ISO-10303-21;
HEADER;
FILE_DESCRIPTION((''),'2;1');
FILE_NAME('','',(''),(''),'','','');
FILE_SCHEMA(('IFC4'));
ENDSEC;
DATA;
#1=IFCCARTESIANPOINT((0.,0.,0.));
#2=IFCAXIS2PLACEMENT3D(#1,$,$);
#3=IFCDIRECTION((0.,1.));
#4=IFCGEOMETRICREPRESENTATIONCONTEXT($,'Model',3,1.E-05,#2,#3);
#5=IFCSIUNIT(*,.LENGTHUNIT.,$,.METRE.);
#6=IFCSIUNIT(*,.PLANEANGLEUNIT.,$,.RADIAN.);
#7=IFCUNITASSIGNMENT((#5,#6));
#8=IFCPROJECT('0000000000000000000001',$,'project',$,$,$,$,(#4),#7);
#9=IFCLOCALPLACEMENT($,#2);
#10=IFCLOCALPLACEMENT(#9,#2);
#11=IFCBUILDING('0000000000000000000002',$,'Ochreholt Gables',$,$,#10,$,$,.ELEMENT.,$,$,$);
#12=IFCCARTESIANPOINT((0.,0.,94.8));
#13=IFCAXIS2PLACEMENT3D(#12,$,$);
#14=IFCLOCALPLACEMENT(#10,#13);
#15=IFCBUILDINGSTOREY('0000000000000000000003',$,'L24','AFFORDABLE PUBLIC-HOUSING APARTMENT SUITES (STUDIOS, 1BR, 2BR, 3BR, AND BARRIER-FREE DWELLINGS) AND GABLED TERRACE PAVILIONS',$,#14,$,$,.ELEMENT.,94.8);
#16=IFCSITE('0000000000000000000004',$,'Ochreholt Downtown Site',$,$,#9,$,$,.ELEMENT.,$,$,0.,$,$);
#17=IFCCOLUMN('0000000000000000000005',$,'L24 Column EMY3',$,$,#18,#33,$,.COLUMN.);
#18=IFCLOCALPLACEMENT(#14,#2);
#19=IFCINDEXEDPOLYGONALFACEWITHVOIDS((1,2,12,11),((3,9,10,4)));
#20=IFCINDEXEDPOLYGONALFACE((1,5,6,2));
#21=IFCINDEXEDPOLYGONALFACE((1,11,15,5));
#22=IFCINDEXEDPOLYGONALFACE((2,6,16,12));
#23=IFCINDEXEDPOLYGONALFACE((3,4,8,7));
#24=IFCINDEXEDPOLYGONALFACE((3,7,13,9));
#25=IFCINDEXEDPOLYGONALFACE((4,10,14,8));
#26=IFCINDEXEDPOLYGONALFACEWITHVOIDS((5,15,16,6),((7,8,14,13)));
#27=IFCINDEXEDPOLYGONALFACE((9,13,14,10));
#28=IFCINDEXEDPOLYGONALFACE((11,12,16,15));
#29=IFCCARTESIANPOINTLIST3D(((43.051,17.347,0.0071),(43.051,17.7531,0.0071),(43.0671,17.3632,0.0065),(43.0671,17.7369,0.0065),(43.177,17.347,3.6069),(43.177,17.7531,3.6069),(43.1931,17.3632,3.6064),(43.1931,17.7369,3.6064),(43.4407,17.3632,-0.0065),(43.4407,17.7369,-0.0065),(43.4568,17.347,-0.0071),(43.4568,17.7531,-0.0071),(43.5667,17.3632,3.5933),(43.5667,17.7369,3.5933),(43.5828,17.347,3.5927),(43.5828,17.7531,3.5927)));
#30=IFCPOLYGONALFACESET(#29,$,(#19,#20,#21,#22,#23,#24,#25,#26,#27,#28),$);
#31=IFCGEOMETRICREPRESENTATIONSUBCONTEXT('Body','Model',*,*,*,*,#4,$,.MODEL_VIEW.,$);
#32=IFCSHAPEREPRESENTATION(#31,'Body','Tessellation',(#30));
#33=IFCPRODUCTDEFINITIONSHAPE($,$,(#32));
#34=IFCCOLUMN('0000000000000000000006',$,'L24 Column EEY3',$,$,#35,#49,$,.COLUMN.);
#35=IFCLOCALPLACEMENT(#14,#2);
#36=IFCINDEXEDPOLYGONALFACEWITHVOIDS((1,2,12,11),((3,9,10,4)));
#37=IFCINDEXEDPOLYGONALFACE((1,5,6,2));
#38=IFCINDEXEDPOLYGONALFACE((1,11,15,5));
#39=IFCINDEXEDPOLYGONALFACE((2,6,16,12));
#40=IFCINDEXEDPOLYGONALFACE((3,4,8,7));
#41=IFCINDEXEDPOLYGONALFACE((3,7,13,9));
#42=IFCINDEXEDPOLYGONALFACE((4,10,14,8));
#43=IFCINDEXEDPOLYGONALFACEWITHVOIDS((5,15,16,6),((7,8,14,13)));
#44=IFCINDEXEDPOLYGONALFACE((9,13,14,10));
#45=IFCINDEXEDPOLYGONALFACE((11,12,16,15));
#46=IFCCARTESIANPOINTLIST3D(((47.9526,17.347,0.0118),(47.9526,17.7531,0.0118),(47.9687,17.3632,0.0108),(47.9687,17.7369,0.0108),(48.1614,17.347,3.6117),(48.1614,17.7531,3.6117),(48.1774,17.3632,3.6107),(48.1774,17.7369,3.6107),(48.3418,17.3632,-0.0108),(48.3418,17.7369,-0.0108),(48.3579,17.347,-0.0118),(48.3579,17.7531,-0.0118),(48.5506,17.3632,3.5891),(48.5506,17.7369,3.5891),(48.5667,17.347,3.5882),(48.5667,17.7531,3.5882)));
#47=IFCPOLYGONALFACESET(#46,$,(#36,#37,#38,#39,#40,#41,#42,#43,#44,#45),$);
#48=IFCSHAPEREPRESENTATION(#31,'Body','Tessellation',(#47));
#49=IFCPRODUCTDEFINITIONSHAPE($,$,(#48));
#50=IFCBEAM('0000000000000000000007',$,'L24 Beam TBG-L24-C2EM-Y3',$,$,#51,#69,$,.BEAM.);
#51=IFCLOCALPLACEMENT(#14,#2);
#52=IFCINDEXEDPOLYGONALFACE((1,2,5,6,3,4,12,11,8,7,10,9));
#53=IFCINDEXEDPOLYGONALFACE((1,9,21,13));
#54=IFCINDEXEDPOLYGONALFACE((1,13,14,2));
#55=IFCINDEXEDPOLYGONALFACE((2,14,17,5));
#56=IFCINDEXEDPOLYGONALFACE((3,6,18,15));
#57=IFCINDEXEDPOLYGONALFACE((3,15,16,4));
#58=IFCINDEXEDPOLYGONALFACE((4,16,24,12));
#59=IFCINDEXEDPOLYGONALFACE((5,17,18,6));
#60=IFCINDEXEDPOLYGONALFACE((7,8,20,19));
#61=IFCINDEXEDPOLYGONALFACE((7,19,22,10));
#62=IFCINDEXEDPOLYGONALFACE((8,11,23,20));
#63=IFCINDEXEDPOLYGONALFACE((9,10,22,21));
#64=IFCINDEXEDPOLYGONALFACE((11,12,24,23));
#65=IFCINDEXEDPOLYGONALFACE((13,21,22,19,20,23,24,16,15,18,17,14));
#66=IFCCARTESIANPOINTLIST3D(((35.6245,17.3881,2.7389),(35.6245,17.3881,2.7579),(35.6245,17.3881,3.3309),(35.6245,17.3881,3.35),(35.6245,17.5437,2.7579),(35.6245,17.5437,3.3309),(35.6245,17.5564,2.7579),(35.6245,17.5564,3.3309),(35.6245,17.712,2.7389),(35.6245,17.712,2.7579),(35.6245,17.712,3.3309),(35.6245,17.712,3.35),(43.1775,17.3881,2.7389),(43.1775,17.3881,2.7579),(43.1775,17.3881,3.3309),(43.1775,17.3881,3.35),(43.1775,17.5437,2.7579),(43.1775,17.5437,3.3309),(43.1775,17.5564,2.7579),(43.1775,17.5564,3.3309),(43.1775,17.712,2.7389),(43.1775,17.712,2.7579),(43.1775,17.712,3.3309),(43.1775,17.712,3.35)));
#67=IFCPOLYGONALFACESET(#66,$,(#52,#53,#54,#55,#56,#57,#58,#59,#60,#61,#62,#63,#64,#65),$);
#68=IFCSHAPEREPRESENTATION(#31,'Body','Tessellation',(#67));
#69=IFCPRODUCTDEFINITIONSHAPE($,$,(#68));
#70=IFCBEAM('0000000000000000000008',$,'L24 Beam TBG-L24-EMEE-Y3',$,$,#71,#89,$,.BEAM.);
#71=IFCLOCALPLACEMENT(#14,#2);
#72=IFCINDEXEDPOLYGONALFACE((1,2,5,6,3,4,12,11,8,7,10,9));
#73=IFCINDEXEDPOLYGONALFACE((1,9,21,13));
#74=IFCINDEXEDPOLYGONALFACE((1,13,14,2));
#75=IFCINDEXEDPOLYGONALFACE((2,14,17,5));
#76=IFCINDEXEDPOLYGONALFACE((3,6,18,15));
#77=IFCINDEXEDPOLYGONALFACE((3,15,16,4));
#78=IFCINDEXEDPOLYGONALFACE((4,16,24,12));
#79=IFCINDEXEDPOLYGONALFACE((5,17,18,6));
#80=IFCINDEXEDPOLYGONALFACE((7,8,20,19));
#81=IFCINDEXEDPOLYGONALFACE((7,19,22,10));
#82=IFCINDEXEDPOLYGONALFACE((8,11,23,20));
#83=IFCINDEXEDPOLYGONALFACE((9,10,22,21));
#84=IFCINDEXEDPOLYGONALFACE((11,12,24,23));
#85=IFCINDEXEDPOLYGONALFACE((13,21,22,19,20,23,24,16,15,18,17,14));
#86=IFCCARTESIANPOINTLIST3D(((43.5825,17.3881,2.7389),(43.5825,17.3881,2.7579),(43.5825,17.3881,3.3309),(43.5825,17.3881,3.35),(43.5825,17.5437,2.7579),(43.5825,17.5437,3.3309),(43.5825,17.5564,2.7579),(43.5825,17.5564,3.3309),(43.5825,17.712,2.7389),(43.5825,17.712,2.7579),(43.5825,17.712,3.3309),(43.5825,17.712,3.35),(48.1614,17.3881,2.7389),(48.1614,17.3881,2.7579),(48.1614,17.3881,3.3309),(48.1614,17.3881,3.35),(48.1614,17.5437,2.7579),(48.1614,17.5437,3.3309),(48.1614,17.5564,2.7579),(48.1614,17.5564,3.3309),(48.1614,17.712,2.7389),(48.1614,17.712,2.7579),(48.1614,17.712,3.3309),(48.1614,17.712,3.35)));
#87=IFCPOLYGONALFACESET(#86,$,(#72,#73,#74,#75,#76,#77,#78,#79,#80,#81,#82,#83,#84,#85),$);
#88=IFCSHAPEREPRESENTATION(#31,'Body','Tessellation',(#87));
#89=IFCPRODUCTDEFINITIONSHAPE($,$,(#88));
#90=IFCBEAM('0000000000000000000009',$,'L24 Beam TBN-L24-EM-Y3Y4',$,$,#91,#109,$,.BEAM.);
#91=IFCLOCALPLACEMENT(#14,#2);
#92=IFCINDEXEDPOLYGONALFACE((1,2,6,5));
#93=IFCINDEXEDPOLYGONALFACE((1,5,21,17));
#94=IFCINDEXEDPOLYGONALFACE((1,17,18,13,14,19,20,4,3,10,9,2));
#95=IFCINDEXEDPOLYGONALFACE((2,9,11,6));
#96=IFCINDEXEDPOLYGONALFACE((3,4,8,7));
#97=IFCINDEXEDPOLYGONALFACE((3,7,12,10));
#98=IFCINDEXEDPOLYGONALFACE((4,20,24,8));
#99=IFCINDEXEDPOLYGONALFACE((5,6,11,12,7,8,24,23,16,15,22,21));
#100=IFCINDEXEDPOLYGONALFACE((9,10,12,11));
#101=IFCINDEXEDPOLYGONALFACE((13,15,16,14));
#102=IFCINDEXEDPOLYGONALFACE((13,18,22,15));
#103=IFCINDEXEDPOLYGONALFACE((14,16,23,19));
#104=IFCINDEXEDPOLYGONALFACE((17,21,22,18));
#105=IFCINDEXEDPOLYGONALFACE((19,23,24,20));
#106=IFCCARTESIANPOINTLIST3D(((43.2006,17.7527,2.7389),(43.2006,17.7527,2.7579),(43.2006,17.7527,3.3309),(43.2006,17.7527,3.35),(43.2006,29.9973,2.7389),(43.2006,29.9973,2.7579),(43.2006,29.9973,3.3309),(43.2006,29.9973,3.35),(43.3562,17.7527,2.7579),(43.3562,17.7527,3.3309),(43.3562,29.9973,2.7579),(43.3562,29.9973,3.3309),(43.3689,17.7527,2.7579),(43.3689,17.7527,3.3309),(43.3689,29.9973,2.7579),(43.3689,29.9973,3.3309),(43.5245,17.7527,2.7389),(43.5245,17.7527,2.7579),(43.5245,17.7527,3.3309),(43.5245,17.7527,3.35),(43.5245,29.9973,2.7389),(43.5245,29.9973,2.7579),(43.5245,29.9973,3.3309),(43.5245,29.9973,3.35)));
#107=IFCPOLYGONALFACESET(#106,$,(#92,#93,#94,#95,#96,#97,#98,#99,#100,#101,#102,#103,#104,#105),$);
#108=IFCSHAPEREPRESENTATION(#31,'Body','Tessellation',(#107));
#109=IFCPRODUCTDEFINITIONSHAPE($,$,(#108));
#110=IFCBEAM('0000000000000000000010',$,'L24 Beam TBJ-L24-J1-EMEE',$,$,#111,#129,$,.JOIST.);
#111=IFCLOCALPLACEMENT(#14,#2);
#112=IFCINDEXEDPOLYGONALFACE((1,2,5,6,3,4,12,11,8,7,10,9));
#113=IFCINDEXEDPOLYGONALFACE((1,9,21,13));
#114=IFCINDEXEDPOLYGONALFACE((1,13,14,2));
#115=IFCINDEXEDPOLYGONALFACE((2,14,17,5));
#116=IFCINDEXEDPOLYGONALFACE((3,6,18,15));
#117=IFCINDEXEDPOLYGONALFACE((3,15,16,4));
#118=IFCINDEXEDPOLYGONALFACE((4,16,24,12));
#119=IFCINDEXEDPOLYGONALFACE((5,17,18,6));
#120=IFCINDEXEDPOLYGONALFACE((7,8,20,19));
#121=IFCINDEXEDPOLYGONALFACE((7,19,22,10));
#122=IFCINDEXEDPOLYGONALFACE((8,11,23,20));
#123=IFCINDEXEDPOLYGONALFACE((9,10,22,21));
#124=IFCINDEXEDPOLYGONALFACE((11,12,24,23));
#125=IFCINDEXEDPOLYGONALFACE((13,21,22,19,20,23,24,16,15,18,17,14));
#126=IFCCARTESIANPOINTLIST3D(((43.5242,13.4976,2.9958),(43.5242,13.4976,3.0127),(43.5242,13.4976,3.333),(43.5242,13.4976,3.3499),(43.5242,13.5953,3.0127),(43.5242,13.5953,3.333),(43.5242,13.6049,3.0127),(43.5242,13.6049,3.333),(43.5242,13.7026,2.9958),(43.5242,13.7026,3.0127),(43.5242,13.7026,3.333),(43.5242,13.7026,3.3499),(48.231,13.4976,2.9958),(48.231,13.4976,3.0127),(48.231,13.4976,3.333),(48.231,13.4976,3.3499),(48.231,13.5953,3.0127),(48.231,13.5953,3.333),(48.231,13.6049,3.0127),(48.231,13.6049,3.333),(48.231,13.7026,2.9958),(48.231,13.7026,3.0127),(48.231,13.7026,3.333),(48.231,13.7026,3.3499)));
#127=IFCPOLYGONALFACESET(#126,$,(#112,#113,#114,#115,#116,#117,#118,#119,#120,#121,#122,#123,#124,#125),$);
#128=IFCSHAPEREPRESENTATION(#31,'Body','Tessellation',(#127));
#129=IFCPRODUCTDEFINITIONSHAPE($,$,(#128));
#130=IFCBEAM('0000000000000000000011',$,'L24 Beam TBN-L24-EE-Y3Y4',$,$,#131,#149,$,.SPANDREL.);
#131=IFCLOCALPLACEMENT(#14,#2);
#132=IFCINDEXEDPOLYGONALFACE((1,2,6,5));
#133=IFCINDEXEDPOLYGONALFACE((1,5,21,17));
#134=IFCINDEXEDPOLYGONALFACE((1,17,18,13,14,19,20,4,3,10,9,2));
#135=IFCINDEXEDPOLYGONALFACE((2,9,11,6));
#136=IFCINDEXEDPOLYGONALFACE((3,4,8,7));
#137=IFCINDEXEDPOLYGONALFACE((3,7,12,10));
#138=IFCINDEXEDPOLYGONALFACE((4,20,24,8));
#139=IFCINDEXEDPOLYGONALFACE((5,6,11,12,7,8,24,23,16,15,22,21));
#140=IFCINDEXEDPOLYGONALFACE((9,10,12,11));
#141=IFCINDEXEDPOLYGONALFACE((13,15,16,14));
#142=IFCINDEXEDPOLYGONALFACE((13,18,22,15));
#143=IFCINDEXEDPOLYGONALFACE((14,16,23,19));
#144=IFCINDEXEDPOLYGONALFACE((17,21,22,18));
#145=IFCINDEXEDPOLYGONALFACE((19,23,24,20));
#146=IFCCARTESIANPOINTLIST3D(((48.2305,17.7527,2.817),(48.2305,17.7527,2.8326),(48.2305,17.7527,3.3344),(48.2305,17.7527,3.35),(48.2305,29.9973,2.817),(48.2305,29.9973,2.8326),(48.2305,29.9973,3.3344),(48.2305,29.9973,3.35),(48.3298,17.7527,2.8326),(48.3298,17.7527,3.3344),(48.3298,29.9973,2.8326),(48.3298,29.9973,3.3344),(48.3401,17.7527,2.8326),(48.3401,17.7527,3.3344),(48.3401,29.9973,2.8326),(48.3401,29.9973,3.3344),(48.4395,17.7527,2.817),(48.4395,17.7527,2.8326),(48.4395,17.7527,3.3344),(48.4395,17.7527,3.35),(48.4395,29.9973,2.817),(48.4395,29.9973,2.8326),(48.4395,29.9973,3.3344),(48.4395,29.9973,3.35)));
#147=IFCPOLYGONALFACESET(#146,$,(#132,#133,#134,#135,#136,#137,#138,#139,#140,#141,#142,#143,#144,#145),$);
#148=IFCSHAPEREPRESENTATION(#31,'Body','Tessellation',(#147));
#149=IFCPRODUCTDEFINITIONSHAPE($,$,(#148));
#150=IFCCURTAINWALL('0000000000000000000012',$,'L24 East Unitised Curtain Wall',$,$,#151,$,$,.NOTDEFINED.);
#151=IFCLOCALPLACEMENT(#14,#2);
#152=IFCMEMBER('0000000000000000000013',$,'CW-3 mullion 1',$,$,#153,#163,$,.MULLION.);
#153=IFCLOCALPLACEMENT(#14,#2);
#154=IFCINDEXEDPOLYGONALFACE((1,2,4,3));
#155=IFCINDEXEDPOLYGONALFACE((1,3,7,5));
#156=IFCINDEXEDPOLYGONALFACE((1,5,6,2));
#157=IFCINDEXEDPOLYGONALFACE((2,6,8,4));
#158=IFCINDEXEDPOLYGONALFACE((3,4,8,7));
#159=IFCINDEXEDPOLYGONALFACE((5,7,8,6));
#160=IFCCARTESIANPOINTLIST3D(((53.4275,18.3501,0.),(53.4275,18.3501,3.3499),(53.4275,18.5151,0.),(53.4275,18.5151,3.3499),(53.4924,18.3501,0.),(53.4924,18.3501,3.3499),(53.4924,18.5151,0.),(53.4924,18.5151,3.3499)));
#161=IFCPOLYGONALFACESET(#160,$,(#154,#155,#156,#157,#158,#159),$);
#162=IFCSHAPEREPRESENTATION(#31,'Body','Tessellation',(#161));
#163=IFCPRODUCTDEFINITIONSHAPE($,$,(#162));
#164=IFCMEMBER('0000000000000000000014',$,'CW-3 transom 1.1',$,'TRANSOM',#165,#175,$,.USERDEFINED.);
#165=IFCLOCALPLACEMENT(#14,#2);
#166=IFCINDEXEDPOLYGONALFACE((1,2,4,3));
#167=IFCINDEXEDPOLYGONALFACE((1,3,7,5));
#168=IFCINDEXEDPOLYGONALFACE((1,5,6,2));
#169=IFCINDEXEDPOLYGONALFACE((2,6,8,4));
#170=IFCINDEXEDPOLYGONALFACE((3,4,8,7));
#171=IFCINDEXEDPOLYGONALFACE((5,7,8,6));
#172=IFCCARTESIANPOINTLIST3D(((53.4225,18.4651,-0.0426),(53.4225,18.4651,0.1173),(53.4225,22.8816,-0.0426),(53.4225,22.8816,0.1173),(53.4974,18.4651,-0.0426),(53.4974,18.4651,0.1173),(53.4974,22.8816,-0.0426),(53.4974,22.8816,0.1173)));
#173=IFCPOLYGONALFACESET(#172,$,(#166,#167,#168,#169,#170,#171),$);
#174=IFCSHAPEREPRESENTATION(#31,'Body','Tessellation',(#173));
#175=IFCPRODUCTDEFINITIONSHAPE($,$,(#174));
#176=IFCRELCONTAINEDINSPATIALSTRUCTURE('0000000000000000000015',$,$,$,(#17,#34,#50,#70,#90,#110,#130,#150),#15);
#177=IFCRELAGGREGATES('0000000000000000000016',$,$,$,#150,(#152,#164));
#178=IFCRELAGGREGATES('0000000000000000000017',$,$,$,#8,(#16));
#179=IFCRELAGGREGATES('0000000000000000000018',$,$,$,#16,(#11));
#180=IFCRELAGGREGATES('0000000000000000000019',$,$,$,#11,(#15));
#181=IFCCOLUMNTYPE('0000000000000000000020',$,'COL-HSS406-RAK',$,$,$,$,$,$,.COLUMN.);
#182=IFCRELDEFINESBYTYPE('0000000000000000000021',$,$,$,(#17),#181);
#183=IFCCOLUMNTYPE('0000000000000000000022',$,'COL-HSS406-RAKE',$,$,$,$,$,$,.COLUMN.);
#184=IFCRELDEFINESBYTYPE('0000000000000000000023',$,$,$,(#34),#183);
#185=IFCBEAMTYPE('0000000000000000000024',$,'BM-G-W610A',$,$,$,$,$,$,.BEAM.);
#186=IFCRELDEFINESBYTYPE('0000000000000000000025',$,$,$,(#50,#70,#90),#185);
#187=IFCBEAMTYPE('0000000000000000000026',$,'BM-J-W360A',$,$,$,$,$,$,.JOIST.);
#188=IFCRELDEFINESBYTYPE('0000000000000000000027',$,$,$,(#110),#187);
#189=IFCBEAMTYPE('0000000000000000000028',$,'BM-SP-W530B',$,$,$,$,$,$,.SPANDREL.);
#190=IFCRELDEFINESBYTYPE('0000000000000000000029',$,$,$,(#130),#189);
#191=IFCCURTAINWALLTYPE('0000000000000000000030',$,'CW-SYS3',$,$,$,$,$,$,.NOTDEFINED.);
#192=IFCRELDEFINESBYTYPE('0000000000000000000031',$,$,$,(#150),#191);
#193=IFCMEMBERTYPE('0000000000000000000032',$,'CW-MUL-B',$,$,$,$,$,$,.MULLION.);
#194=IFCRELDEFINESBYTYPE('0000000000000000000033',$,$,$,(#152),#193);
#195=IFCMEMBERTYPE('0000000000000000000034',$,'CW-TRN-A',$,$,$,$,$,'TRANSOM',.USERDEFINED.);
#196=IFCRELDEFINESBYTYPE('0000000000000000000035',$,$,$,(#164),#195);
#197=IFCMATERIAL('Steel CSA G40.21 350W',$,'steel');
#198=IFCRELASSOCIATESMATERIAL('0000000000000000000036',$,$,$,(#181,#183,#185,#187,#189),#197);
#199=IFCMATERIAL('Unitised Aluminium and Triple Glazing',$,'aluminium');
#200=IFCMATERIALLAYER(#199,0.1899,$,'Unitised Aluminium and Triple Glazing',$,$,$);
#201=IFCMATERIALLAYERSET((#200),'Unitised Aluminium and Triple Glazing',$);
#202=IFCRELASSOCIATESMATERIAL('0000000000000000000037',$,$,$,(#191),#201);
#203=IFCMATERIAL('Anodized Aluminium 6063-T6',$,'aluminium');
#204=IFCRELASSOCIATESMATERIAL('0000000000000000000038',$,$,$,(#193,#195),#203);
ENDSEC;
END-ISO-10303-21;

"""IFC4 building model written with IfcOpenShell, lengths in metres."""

from ifc_helpers import new_model, si_unit, direction, frame, origin, origin_2d, place, context, subcontext, project, spatial, rectangle, hollow_rectangle, i_section, extrude, material, layer, layer_set, material_profile, profile_set, type_object, element, aggregate, save


model = new_model("IFC4")

# Units and contexts
model_context = context("Model", 3, precision=1e-05, world=origin(), true_north=direction((0.0, 1.0)))
body_context = subcontext(model_context, "Body", "Model", "MODEL_VIEW")
ifc_project = project(units=[si_unit("LENGTHUNIT", "METRE"), si_unit("PLANEANGLEUNIT", "RADIAN")], contexts=[model_context])

# Site, building, storey
site_placement = place(None, origin())
site = spatial("IfcSite", under=ifc_project, at=site_placement, Name="Ochreholt Downtown Site", CompositionType="ELEMENT", RefElevation=0.0)
building_placement = place(site_placement, origin())
building = spatial("IfcBuilding", under=site, at=building_placement, Name="Ochreholt Gables", CompositionType="ELEMENT")
storey_placement = place(building_placement, frame((0.0, 0.0, 94.8)))
storey = spatial("IfcBuildingStorey", under=building, at=storey_placement, Name="L24", Description="AFFORDABLE PUBLIC-HOUSING APARTMENT SUITES (STUDIOS, 1BR, 2BR, 3BR, AND BARRIER-FREE DWELLINGS) AND GABLED TERRACE PAVILIONS", CompositionType="ELEMENT", Elevation=94.8)

# Columns
ifc_material_1 = material(Name="Steel CSA G40.21 350W", Category="steel")
ifc_material_profile_1 = material_profile(ifc_material_1, hollow_rectangle(XDim=0.406, YDim=0.406, WallThickness=0.0161, at=origin_2d()), Name="HSS406X406X16")
ifc_profile_set_1 = profile_set([ifc_material_profile_1], Name="Steel CSA G40.21 350W")
column_type_1 = type_object("IfcColumnType", Name="COL-HSS406-RAK", PredefinedType="COLUMN", material=ifc_profile_set_1)
column_1_placement = place(storey_placement, frame((43.2539, 17.55, 0.0), z_axis=(0.034974, 0.0, 0.999388), x_axis=(0.0, 1.0, 0.0)))
element("IfcColumn", 1, at=column_1_placement, inside=storey, type_object=column_type_1, Name="L24 Column EMY3", PredefinedType="COLUMN", context=body_context, shape_type="SweptSolid", body=[
    extrude(hollow_rectangle(XDim=0.406, YDim=0.406, WallThickness=0.0161, at=origin_2d()), origin(), (0.0, 0.0, 1.0), 3.6021),
])
ifc_material_profile_2 = material_profile(ifc_material_1, hollow_rectangle(XDim=0.406, YDim=0.406, WallThickness=0.0161, at=origin_2d()), Name="HSS406X406X16")
ifc_profile_set_2 = profile_set([ifc_material_profile_2], Name="Steel CSA G40.21 350W")
column_type_2 = type_object("IfcColumnType", Name="COL-HSS406-RAKE", PredefinedType="COLUMN", material=ifc_profile_set_2)
column_2_placement = place(storey_placement, frame((48.1553, 17.55, 0.0), z_axis=(0.057889, 0.0, 0.998323), x_axis=(0.0, 1.0, 0.0)))
element("IfcColumn", 2, at=column_2_placement, inside=storey, type_object=column_type_2, Name="L24 Column EEY3", PredefinedType="COLUMN", context=body_context, shape_type="SweptSolid", body=[
    extrude(hollow_rectangle(XDim=0.406, YDim=0.406, WallThickness=0.0161, at=origin_2d()), origin(), (0.0, 0.0, 1.0), 3.606),
])

# Beams
ifc_material_profile_3 = material_profile(ifc_material_1, i_section(OverallWidth=0.324, OverallDepth=0.6111, WebThickness=0.0127, FlangeThickness=0.019, at=origin_2d()), Name="W610X155")
ifc_profile_set_3 = profile_set([ifc_material_profile_3], Name="Steel CSA G40.21 350W")
beam_type_1 = type_object("IfcBeamType", Name="BM-G-W610A", PredefinedType="BEAM", material=ifc_profile_set_3)
beam_1_placement = place(storey_placement, frame((35.6245, 17.55, 3.0444), z_axis=(1.0, 0.0, 0.0), x_axis=(0.0, 1.0, 0.0)))
element("IfcBeam", 3, at=beam_1_placement, inside=storey, type_object=beam_type_1, Name="L24 Beam TBG-L24-C2EM-Y3", PredefinedType="BEAM", context=body_context, shape_type="SweptSolid", body=[
    extrude(i_section(OverallWidth=0.324, OverallDepth=0.6111, WebThickness=0.0127, FlangeThickness=0.019, at=origin_2d()), origin(), (0.0, 0.0, 1.0), 7.553),
])
beam_2_placement = place(storey_placement, frame((43.5825, 17.55, 3.0444), z_axis=(1.0, 0.0, 0.0), x_axis=(0.0, 1.0, 0.0)))
element("IfcBeam", 4, at=beam_2_placement, inside=storey, type_object=beam_type_1, Name="L24 Beam TBG-L24-EMEE-Y3", PredefinedType="BEAM", context=body_context, shape_type="SweptSolid", body=[
    extrude(i_section(OverallWidth=0.324, OverallDepth=0.6111, WebThickness=0.0127, FlangeThickness=0.019, at=origin_2d()), origin(), (0.0, 0.0, 1.0), 4.5789),
])
beam_3_placement = place(storey_placement, frame((43.3625, 17.7527, 3.0444), z_axis=(0.0, 1.0, 0.0), x_axis=(-1.0, 0.0, 0.0)))
element("IfcBeam", 5, at=beam_3_placement, inside=storey, type_object=beam_type_1, Name="L24 Beam TBN-L24-EM-Y3Y4", PredefinedType="BEAM", context=body_context, shape_type="SweptSolid", body=[
    extrude(i_section(OverallWidth=0.324, OverallDepth=0.6111, WebThickness=0.0127, FlangeThickness=0.019, at=origin_2d()), origin(), (0.0, 0.0, 1.0), 12.2446),
])
ifc_material_profile_4 = material_profile(ifc_material_1, i_section(OverallWidth=0.2051, OverallDepth=0.354, WebThickness=0.0095, FlangeThickness=0.0168, at=origin_2d()), Name="W360X79")
ifc_profile_set_4 = profile_set([ifc_material_profile_4], Name="Steel CSA G40.21 350W")
beam_type_2 = type_object("IfcBeamType", Name="BM-J-W360A", PredefinedType="JOIST", material=ifc_profile_set_4)
beam_4_placement = place(storey_placement, frame((43.5242, 13.6001, 3.1729), z_axis=(1.0, 0.0, 0.0), x_axis=(0.0, 1.0, 0.0)))
element("IfcBeam", 6, at=beam_4_placement, inside=storey, type_object=beam_type_2, Name="L24 Beam TBJ-L24-J1-EMEE", PredefinedType="JOIST", context=body_context, shape_type="SweptSolid", body=[
    extrude(i_section(OverallWidth=0.2051, OverallDepth=0.354, WebThickness=0.0095, FlangeThickness=0.0168, at=origin_2d()), origin(), (0.0, 0.0, 1.0), 4.7068),
])
ifc_material_profile_5 = material_profile(ifc_material_1, i_section(OverallWidth=0.209, OverallDepth=0.533, WebThickness=0.0103, FlangeThickness=0.0156, at=origin_2d()), Name="W530X92")
ifc_profile_set_5 = profile_set([ifc_material_profile_5], Name="Steel CSA G40.21 350W")
beam_type_3 = type_object("IfcBeamType", Name="BM-SP-W530B", PredefinedType="SPANDREL", material=ifc_profile_set_5)
beam_5_placement = place(storey_placement, frame((48.335, 17.7527, 3.0835), z_axis=(0.0, 1.0, 0.0), x_axis=(-1.0, 0.0, 0.0)))
element("IfcBeam", 7, at=beam_5_placement, inside=storey, type_object=beam_type_3, Name="L24 Beam TBN-L24-EE-Y3Y4", PredefinedType="SPANDREL", context=body_context, shape_type="SweptSolid", body=[
    extrude(i_section(OverallWidth=0.209, OverallDepth=0.533, WebThickness=0.0103, FlangeThickness=0.0156, at=origin_2d()), origin(), (0.0, 0.0, 1.0), 12.2446),
])

# Curtain wall, members
ifc_material_2 = material(Name="Unitised Aluminium and Triple Glazing", Category="aluminium")
ifc_layer_1 = layer(ifc_material_2, 0.1899, Name="Unitised Aluminium and Triple Glazing")
ifc_layer_set_1 = layer_set([ifc_layer_1], Name="Unitised Aluminium and Triple Glazing")
curtain_wall_type = type_object("IfcCurtainWallType", Name="CW-SYS3", PredefinedType="NOTDEFINED", material=ifc_layer_set_1)
curtain_wall_placement = place(storey_placement, origin())
curtain_wall = element("IfcCurtainWall", 8, at=curtain_wall_placement, inside=storey, type_object=curtain_wall_type, Name="L24 East Unitised Curtain Wall", PredefinedType="NOTDEFINED")
ifc_material_3 = material(Name="Anodized Aluminium 6063-T6", Category="aluminium")
ifc_material_profile_6 = material_profile(ifc_material_3, rectangle(XDim=0.0649, YDim=0.165, at=origin_2d()), Name="CWM65X165")
ifc_profile_set_6 = profile_set([ifc_material_profile_6], Name="Anodized Aluminium 6063-T6")
member_type_1 = type_object("IfcMemberType", Name="CW-MUL-B", PredefinedType="MULLION", material=ifc_profile_set_6)
member_1_placement = place(storey_placement, frame((53.46, 18.4326, 0.0), z_axis=(0.0, 0.0, 1.0), x_axis=(-1.0, 0.0, 0.0)))
member_1 = element("IfcMember", 9, at=member_1_placement, type_object=member_type_1, Name="CW-3 mullion 1", PredefinedType="MULLION", context=body_context, shape_type="SweptSolid", body=[
    extrude(rectangle(XDim=0.0649, YDim=0.165, at=origin_2d()), origin(), (0.0, 0.0, 1.0), 3.3499),
])
ifc_material_profile_7 = material_profile(ifc_material_3, rectangle(XDim=0.075, YDim=0.1599, at=origin_2d()), Name="CWT75X160")
ifc_profile_set_7 = profile_set([ifc_material_profile_7], Name="Anodized Aluminium 6063-T6")
member_type_2 = type_object("IfcMemberType", Name="CW-TRN-A", ElementType="TRANSOM", PredefinedType="USERDEFINED", material=ifc_profile_set_7)
member_2_placement = place(storey_placement, frame((53.46, 18.4651, 0.0374), z_axis=(0.0, 1.0, 0.0), x_axis=(-1.0, 0.0, 0.0)))
member_2 = element("IfcMember", 10, at=member_2_placement, type_object=member_type_2, Name="CW-3 transom 1.1", ObjectType="TRANSOM", PredefinedType="USERDEFINED", context=body_context, shape_type="SweptSolid", body=[
    extrude(rectangle(XDim=0.075, YDim=0.1599, at=origin_2d()), origin(), (0.0, 0.0, 1.0), 4.4165),
])
aggregate(curtain_wall, [member_1, member_2])

save(model, "model.ifc")
